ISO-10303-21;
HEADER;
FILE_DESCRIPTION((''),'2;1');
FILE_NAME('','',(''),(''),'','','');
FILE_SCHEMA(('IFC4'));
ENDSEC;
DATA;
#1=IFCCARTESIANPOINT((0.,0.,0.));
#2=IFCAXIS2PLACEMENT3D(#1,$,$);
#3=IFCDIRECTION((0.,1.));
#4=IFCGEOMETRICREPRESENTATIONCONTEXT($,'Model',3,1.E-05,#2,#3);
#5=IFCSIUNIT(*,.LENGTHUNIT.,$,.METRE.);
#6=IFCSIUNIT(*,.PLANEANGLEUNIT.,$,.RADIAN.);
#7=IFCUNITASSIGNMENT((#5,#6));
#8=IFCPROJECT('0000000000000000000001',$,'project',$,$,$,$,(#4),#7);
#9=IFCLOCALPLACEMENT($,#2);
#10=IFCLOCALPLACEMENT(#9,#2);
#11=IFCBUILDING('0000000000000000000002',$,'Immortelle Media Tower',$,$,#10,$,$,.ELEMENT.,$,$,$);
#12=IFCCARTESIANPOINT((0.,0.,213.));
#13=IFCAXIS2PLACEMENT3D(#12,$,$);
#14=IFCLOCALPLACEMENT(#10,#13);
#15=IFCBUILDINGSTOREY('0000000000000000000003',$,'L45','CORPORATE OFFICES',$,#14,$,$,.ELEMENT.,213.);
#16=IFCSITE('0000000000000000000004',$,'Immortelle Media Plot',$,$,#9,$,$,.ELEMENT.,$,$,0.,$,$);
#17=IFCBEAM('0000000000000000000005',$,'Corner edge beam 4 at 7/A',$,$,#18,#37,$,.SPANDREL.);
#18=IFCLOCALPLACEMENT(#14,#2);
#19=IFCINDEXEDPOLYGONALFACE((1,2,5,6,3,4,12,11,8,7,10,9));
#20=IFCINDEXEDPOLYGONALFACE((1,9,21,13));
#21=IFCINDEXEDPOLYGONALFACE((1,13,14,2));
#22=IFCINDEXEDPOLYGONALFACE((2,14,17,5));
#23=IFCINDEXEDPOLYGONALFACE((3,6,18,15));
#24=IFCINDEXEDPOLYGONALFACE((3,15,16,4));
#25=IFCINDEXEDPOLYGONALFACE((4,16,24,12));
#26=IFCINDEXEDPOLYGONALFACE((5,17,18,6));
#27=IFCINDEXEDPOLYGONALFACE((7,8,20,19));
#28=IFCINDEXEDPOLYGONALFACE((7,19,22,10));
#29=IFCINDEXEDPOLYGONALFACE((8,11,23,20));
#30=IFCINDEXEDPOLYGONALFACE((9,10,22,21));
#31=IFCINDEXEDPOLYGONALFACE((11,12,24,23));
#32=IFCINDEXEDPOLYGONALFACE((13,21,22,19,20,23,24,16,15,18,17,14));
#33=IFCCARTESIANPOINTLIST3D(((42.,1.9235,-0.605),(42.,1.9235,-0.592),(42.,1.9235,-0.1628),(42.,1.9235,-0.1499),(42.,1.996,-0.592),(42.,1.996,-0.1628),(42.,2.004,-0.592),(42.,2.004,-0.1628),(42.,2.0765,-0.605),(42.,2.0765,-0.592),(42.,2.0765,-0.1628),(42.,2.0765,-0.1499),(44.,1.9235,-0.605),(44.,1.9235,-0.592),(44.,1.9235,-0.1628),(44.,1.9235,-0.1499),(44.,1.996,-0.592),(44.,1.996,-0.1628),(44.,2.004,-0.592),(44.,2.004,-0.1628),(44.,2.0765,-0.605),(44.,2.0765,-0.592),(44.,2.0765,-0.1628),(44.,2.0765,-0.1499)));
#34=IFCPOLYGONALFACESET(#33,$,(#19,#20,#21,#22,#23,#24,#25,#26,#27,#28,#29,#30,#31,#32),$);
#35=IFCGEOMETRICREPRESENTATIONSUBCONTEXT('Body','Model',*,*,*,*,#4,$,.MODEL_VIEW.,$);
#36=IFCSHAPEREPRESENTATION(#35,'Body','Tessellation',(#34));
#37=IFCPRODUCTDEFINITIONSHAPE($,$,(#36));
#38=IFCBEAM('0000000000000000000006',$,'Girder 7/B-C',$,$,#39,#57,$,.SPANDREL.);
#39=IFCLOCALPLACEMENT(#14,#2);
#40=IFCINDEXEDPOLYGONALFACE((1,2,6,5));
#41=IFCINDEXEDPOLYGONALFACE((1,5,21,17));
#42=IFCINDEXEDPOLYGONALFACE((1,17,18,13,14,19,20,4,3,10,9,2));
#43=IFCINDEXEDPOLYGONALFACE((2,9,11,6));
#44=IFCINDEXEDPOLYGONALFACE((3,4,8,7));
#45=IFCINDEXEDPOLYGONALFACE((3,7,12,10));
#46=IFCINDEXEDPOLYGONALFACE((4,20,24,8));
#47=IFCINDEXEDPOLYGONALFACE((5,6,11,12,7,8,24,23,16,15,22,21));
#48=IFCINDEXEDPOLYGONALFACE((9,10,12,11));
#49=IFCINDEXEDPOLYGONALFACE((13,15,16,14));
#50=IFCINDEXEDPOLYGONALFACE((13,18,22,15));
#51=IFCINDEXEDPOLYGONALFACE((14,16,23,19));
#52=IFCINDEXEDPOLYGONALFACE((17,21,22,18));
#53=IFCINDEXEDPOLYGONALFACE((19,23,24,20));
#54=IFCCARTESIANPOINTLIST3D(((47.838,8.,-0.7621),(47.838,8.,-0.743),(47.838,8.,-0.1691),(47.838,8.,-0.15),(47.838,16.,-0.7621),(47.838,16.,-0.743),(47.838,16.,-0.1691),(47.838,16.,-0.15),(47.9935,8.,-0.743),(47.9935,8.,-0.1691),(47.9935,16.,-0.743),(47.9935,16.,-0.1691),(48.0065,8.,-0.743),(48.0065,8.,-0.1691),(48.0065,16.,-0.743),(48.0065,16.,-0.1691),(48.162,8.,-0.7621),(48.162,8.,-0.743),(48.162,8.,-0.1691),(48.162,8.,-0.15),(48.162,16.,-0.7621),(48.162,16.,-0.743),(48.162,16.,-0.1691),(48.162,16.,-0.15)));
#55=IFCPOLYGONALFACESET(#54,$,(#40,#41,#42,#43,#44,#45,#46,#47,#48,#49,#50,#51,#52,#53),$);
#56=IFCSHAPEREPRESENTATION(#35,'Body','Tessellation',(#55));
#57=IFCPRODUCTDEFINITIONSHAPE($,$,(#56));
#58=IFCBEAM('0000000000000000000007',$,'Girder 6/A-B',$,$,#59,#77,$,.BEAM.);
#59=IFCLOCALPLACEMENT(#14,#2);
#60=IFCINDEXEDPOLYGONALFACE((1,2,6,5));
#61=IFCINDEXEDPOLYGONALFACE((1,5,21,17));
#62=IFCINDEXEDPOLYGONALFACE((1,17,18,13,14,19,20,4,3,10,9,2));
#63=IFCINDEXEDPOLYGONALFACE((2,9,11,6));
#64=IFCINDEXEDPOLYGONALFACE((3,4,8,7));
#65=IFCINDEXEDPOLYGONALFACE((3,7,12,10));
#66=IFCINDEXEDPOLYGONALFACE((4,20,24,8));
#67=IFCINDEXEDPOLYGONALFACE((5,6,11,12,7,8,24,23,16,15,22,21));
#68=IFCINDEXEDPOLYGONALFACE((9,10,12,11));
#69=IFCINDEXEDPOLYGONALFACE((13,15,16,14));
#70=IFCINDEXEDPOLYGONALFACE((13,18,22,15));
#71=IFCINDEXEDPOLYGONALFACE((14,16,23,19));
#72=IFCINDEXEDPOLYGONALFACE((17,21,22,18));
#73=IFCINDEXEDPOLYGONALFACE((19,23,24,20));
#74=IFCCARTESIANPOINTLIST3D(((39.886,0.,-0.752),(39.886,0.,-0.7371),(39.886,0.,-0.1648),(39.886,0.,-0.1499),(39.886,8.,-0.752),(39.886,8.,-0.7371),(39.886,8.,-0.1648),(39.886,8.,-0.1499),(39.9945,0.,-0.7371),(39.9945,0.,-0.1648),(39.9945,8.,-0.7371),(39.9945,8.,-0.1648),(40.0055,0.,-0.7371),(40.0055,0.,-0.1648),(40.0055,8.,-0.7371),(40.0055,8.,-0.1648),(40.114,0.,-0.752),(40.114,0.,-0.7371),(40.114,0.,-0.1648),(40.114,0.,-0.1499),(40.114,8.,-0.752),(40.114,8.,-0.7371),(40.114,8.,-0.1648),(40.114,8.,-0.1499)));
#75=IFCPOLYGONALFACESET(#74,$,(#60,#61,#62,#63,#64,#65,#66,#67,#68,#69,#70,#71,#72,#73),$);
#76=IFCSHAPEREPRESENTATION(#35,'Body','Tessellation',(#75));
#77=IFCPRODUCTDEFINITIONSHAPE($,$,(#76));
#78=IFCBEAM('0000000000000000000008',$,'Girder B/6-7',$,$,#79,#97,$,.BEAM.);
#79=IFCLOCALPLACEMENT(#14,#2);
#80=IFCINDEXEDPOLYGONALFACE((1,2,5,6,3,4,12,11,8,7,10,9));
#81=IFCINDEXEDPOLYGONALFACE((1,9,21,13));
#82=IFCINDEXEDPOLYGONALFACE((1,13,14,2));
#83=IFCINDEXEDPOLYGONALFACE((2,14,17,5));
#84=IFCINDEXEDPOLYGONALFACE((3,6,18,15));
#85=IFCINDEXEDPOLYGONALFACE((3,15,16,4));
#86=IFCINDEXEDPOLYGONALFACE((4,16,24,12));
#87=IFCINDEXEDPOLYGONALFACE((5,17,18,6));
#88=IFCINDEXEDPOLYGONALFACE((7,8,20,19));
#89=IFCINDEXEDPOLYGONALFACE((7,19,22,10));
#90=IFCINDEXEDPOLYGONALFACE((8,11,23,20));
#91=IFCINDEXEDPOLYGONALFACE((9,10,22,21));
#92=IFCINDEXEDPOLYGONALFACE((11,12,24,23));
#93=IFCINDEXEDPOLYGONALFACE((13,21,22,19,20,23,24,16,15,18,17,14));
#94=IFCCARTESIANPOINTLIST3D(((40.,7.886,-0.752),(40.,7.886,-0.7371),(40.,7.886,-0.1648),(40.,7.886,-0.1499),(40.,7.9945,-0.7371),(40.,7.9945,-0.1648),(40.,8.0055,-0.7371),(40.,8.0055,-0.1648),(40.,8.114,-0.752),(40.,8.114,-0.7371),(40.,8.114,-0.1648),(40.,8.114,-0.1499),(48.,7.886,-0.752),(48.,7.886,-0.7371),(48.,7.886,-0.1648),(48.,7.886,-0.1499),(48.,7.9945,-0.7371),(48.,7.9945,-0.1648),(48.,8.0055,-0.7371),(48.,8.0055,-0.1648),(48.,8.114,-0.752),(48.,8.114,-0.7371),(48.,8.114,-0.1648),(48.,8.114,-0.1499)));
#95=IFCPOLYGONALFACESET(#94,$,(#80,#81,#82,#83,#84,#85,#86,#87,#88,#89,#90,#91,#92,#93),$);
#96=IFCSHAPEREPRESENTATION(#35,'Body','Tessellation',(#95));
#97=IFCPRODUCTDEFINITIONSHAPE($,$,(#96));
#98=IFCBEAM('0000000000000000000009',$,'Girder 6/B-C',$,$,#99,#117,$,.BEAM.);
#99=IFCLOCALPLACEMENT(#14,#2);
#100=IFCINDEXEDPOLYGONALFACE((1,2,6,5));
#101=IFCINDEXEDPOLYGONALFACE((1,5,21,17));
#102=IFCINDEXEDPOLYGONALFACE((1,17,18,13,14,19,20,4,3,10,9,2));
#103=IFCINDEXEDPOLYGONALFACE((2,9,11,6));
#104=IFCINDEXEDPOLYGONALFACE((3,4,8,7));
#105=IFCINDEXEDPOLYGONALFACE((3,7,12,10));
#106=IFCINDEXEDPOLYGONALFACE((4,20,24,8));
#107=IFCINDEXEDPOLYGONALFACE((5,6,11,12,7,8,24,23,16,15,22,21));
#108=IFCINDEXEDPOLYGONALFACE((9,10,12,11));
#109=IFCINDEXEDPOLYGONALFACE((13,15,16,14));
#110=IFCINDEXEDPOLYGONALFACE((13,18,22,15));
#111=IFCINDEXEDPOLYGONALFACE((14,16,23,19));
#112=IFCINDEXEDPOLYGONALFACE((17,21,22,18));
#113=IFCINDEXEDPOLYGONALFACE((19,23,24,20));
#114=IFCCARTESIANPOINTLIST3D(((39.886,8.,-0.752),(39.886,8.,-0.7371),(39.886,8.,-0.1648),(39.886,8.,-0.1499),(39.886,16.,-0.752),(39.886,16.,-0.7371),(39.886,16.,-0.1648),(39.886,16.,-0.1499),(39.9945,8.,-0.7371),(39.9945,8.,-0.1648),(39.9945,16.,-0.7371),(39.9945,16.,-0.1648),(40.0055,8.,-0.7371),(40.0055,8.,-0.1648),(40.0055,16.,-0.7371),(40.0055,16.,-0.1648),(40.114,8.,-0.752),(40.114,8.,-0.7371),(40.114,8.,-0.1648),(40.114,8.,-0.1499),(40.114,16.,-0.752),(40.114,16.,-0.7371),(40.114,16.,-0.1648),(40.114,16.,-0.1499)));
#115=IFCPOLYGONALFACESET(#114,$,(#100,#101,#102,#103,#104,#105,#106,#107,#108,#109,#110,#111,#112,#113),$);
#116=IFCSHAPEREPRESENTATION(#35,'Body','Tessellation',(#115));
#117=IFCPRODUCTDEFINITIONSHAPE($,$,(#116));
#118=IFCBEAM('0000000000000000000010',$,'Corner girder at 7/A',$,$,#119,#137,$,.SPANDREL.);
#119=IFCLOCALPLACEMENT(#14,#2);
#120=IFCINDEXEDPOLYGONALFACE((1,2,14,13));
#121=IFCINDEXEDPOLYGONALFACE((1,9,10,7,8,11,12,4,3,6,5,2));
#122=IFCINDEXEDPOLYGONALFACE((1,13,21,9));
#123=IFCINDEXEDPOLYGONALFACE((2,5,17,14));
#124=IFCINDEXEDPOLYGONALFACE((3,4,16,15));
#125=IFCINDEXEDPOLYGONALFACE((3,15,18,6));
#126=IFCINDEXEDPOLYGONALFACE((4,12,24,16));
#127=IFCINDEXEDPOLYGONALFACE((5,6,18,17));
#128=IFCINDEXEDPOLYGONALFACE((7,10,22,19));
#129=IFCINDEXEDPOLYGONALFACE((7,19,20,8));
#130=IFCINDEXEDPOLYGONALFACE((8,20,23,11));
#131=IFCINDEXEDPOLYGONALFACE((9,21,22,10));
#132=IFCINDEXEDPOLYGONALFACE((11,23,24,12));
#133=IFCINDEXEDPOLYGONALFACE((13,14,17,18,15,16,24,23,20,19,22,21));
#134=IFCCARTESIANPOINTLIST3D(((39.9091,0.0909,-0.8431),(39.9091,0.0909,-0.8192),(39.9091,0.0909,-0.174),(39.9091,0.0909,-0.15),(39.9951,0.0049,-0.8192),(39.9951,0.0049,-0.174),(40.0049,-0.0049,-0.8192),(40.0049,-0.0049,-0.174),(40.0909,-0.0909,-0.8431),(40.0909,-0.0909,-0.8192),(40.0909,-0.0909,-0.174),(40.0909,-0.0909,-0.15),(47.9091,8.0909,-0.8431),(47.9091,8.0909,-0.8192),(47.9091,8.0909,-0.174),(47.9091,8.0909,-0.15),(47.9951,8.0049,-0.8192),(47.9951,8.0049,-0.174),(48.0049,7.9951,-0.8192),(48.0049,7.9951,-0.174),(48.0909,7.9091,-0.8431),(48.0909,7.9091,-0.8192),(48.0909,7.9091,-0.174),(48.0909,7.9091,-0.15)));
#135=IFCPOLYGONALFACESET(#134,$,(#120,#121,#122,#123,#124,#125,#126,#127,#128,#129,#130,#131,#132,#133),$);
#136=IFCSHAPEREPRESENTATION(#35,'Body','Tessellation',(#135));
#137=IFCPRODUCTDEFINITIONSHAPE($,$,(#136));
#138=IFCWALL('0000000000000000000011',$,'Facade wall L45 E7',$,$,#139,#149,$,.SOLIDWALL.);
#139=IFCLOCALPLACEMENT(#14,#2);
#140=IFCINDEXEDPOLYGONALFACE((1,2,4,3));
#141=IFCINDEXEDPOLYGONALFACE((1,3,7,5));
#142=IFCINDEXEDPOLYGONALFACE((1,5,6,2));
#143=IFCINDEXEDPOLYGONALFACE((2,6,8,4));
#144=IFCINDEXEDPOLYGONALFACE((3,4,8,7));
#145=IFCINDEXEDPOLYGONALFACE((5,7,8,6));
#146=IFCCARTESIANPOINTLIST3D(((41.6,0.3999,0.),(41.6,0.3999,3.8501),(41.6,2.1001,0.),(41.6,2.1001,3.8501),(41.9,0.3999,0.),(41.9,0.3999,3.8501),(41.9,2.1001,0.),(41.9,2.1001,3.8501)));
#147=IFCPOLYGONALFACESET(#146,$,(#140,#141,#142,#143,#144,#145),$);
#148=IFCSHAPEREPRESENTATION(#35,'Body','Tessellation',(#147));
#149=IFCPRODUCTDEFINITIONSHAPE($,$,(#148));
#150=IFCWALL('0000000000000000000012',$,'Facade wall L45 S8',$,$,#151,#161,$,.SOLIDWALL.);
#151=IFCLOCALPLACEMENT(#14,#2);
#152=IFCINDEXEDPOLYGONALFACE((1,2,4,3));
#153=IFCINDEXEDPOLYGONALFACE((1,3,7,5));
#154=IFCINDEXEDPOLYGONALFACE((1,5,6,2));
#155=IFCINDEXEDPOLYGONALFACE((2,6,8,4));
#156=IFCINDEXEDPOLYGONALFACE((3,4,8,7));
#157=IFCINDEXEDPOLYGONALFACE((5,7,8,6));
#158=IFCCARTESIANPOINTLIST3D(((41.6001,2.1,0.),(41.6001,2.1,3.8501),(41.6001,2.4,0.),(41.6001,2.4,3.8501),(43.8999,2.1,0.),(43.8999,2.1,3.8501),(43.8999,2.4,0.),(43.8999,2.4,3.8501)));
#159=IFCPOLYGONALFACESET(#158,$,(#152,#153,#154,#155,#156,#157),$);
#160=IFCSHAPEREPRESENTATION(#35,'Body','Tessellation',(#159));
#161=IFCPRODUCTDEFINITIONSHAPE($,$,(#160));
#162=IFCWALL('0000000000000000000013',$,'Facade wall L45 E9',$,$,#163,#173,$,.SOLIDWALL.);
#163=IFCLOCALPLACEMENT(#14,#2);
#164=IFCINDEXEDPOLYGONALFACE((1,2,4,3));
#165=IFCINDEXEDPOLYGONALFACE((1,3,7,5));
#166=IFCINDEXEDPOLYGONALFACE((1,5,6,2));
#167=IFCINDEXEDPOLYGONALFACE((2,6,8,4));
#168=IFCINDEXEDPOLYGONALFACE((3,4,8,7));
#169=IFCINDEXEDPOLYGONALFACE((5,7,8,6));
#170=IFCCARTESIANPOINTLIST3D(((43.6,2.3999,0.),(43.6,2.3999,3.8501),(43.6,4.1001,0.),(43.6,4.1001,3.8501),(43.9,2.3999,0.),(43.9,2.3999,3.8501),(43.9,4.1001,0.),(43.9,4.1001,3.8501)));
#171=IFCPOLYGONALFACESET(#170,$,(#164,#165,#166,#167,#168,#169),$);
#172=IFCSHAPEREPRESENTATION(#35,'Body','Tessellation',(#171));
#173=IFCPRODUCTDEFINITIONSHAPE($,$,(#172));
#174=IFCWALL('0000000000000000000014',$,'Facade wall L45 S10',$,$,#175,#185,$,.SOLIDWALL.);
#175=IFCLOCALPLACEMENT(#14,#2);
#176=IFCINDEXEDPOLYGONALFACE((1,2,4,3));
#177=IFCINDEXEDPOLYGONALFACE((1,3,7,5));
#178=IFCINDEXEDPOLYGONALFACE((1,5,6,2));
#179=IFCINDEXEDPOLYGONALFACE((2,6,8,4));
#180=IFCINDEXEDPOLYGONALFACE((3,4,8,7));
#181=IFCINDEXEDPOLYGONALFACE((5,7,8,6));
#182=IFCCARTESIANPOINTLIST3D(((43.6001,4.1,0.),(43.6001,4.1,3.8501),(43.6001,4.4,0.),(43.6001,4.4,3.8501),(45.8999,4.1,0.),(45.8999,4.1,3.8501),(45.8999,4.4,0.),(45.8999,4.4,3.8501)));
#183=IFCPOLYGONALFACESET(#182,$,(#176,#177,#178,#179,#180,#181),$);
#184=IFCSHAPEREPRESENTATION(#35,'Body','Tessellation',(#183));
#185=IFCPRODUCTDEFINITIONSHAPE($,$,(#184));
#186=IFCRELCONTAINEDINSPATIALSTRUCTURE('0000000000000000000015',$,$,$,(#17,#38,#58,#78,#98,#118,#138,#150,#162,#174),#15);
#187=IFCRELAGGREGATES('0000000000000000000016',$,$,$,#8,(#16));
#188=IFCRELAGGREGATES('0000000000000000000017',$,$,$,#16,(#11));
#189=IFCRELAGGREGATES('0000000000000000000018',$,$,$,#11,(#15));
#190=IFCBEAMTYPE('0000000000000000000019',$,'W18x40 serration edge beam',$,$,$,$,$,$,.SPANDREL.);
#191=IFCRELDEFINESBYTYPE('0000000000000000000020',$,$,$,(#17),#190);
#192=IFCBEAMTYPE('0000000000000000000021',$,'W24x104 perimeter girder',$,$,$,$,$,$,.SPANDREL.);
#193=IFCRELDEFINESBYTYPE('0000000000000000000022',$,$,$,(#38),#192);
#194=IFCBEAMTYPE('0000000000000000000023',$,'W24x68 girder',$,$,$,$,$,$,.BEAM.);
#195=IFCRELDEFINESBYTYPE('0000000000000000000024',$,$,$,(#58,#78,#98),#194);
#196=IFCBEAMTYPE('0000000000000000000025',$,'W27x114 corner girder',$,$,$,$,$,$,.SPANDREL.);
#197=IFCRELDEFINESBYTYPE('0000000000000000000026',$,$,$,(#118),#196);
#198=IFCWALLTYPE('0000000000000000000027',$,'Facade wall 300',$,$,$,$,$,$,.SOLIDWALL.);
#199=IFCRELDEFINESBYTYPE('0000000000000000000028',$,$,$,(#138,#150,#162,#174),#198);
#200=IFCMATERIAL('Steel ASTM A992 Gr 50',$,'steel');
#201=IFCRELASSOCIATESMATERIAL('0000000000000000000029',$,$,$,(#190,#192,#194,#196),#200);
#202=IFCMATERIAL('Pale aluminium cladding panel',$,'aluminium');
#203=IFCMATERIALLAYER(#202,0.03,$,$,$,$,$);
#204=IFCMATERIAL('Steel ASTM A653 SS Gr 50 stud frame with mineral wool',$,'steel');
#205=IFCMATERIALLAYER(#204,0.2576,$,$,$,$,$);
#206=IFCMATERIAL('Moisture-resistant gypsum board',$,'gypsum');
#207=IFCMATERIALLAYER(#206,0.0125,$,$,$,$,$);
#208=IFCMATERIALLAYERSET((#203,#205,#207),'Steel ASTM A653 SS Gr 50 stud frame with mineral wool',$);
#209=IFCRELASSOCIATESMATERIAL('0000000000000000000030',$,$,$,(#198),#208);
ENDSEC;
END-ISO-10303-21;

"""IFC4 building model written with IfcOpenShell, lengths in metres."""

from ifc_helpers import new_model, si_unit, direction, frame, frame_2d, origin, origin_2d, place, context, subcontext, project, spatial, rectangle, i_section, extrude, material, layer, layer_set, material_profile, profile_set, type_object, element, save


model = new_model("IFC4")

# Units and contexts
model_context = context("Model", 3, precision=1e-05, world=origin(), true_north=direction((0.0, 1.0)))
body_context = subcontext(model_context, "Body", "Model", "MODEL_VIEW")
ifc_project = project(units=[si_unit("LENGTHUNIT", "METRE"), si_unit("PLANEANGLEUNIT", "RADIAN")], contexts=[model_context])

# Site, building, storey
site_placement = place(None, origin())
site = spatial("IfcSite", under=ifc_project, at=site_placement, Name="Immortelle Media Plot", CompositionType="ELEMENT", RefElevation=0.0)
building_placement = place(site_placement, origin())
building = spatial("IfcBuilding", under=site, at=building_placement, Name="Immortelle Media Tower", CompositionType="ELEMENT")
storey_placement = place(building_placement, frame((0.0, 0.0, 213.0)))
storey = spatial("IfcBuildingStorey", under=building, at=storey_placement, Name="L45", Description="CORPORATE OFFICES", CompositionType="ELEMENT", Elevation=213.0)

# Shared definitions
ifc_material_1 = material(Name="Steel ASTM A992 Gr 50", Category="steel")

# Beams
ifc_material_profile_1 = material_profile(ifc_material_1, i_section(OverallWidth=0.1531, OverallDepth=0.4551, WebThickness=0.0081, FlangeThickness=0.0129, at=origin_2d()), Name="W18x40")
ifc_profile_set_1 = profile_set([ifc_material_profile_1], Name="Steel ASTM A992 Gr 50")
beam_type_1 = type_object("IfcBeamType", Name="W18x40 serration edge beam", PredefinedType="SPANDREL", material=ifc_profile_set_1)
for number, where, z_axis, x_axis, name in (
    (1, (44.0, 2.0, -0.3774), (-1.0, 0.0, 0.0), (0.0, -1.0, 0.0), "Corner edge beam 4 at 7/A"),
):
    element("IfcBeam", number, at=place(storey_placement, frame(where, z_axis=z_axis, x_axis=x_axis)), inside=storey, type_object=beam_type_1, Name=name, PredefinedType="SPANDREL", context=body_context, shape_type="SweptSolid", body=[
        extrude(i_section(OverallWidth=0.1531, OverallDepth=0.4551, WebThickness=0.0081, FlangeThickness=0.0129, at=origin_2d()), origin(), (0.0, 0.0, 1.0), 2.0),
    ])
ifc_material_profile_2 = material_profile(ifc_material_1, i_section(OverallWidth=0.324, OverallDepth=0.6121, WebThickness=0.0129, FlangeThickness=0.019, at=origin_2d()), Name="W24x104")
ifc_profile_set_2 = profile_set([ifc_material_profile_2], Name="Steel ASTM A992 Gr 50")
beam_type_2 = type_object("IfcBeamType", Name="W24x104 perimeter girder", PredefinedType="SPANDREL", material=ifc_profile_set_2)
beam_1_placement = place(storey_placement, frame((48.0, 8.0, -0.4561), z_axis=(0.0, 1.0, 0.0), x_axis=(-1.0, 0.0, 0.0)))
element("IfcBeam", 2, at=beam_1_placement, inside=storey, type_object=beam_type_2, Name="Girder 7/B-C", PredefinedType="SPANDREL", context=body_context, shape_type="SweptSolid", body=[
    extrude(i_section(OverallWidth=0.324, OverallDepth=0.6121, WebThickness=0.0129, FlangeThickness=0.019, at=origin_2d()), origin(), (0.0, 0.0, 1.0), 8.0),
])
ifc_material_profile_3 = material_profile(ifc_material_1, i_section(OverallWidth=0.228, OverallDepth=0.6021, WebThickness=0.011, FlangeThickness=0.0149, at=origin_2d()), Name="W24x68")
ifc_profile_set_3 = profile_set([ifc_material_profile_3], Name="Steel ASTM A992 Gr 50")
beam_type_3 = type_object("IfcBeamType", Name="W24x68 girder", PredefinedType="BEAM", material=ifc_profile_set_3)
for number, where, z_axis, x_axis, name in (
    (3, (40.0, 0.0, -0.4509), (0.0, 1.0, 0.0), (-1.0, 0.0, 0.0), "Girder 6/A-B"),
    (4, (40.0, 8.0, -0.4509), (1.0, 0.0, 0.0), (0.0, 1.0, 0.0), "Girder B/6-7"),
    (5, (40.0, 8.0, -0.4509), (0.0, 1.0, 0.0), (-1.0, 0.0, 0.0), "Girder 6/B-C"),
):
    element("IfcBeam", number, at=place(storey_placement, frame(where, z_axis=z_axis, x_axis=x_axis)), inside=storey, type_object=beam_type_3, Name=name, PredefinedType="BEAM", context=body_context, shape_type="SweptSolid", body=[
        extrude(i_section(OverallWidth=0.228, OverallDepth=0.6021, WebThickness=0.011, FlangeThickness=0.0149, at=origin_2d()), origin(), (0.0, 0.0, 1.0), 8.0),
    ])
ifc_material_profile_4 = material_profile(ifc_material_1, i_section(OverallWidth=0.2571, OverallDepth=0.6931, WebThickness=0.0139, FlangeThickness=0.0239, at=origin_2d()), Name="W27x114")
ifc_profile_set_4 = profile_set([ifc_material_profile_4], Name="Steel ASTM A992 Gr 50")
beam_type_4 = type_object("IfcBeamType", Name="W27x114 corner girder", PredefinedType="SPANDREL", material=ifc_profile_set_4)
beam_2_placement = place(storey_placement, frame((48.0, 8.0, -0.4966), z_axis=(-0.707107, -0.707107, 0.0), x_axis=(0.707107, -0.707107, 0.0)))
element("IfcBeam", 6, at=beam_2_placement, inside=storey, type_object=beam_type_4, Name="Corner girder at 7/A", PredefinedType="SPANDREL", context=body_context, shape_type="SweptSolid", body=[
    extrude(i_section(OverallWidth=0.2571, OverallDepth=0.6931, WebThickness=0.0139, FlangeThickness=0.0239, at=origin_2d()), origin(), (0.0, 0.0, 1.0), 11.3137),
])

# Walls
ifc_material_2 = material(Name="Pale aluminium cladding panel", Category="aluminium")
ifc_layer_1 = layer(ifc_material_2, 0.03)
ifc_material_3 = material(Name="Steel ASTM A653 SS Gr 50 stud frame with mineral wool", Category="steel")
ifc_layer_2 = layer(ifc_material_3, 0.2576)
ifc_material_4 = material(Name="Moisture-resistant gypsum board", Category="gypsum")
ifc_layer_3 = layer(ifc_material_4, 0.0125)
ifc_layer_set_1 = layer_set([ifc_layer_1, ifc_layer_2, ifc_layer_3], Name="Steel ASTM A653 SS Gr 50 stud frame with mineral wool")
wall_type_1 = type_object("IfcWallType", Name="Facade wall 300", PredefinedType="SOLIDWALL", material=ifc_layer_set_1)
wall_1_placement = place(storey_placement, frame((41.75, 0.3999, 0.0), z_axis=(0.0, 0.0, 1.0), x_axis=(0.0, 1.0, 0.0)))
element("IfcWall", 7, at=wall_1_placement, inside=storey, type_object=wall_type_1, Name="Facade wall L45 E7", PredefinedType="SOLIDWALL", context=body_context, shape_type="SweptSolid", body=[
    extrude(rectangle(XDim=1.7002, YDim=0.3, at=frame_2d((0.8501, 0.0))), origin(), (0.0, 0.0, 1.0), 3.8501),
])
wall_2_placement = place(storey_placement, frame((41.6001, 2.25, 0.0), z_axis=(0.0, 0.0, 1.0), x_axis=(1.0, 0.0, 0.0)))
element("IfcWall", 8, at=wall_2_placement, inside=storey, type_object=wall_type_1, Name="Facade wall L45 S8", PredefinedType="SOLIDWALL", context=body_context, shape_type="SweptSolid", body=[
    extrude(rectangle(XDim=2.2998, YDim=0.3, at=frame_2d((1.1499, 0.0))), origin(), (0.0, 0.0, 1.0), 3.8501),
])
wall_3_placement = place(storey_placement, frame((43.75, 2.3999, 0.0), z_axis=(0.0, 0.0, 1.0), x_axis=(0.0, 1.0, 0.0)))
element("IfcWall", 9, at=wall_3_placement, inside=storey, type_object=wall_type_1, Name="Facade wall L45 E9", PredefinedType="SOLIDWALL", context=body_context, shape_type="SweptSolid", body=[
    extrude(rectangle(XDim=1.7002, YDim=0.3, at=frame_2d((0.8501, 0.0))), origin(), (0.0, 0.0, 1.0), 3.8501),
])
wall_4_placement = place(storey_placement, frame((43.6001, 4.25, 0.0), z_axis=(0.0, 0.0, 1.0), x_axis=(1.0, 0.0, 0.0)))
element("IfcWall", 10, at=wall_4_placement, inside=storey, type_object=wall_type_1, Name="Facade wall L45 S10", PredefinedType="SOLIDWALL", context=body_context, shape_type="SweptSolid", body=[
    extrude(rectangle(XDim=2.2998, YDim=0.3, at=frame_2d((1.1499, 0.0))), origin(), (0.0, 0.0, 1.0), 3.8501),
])

save(model, "model.ifc")
